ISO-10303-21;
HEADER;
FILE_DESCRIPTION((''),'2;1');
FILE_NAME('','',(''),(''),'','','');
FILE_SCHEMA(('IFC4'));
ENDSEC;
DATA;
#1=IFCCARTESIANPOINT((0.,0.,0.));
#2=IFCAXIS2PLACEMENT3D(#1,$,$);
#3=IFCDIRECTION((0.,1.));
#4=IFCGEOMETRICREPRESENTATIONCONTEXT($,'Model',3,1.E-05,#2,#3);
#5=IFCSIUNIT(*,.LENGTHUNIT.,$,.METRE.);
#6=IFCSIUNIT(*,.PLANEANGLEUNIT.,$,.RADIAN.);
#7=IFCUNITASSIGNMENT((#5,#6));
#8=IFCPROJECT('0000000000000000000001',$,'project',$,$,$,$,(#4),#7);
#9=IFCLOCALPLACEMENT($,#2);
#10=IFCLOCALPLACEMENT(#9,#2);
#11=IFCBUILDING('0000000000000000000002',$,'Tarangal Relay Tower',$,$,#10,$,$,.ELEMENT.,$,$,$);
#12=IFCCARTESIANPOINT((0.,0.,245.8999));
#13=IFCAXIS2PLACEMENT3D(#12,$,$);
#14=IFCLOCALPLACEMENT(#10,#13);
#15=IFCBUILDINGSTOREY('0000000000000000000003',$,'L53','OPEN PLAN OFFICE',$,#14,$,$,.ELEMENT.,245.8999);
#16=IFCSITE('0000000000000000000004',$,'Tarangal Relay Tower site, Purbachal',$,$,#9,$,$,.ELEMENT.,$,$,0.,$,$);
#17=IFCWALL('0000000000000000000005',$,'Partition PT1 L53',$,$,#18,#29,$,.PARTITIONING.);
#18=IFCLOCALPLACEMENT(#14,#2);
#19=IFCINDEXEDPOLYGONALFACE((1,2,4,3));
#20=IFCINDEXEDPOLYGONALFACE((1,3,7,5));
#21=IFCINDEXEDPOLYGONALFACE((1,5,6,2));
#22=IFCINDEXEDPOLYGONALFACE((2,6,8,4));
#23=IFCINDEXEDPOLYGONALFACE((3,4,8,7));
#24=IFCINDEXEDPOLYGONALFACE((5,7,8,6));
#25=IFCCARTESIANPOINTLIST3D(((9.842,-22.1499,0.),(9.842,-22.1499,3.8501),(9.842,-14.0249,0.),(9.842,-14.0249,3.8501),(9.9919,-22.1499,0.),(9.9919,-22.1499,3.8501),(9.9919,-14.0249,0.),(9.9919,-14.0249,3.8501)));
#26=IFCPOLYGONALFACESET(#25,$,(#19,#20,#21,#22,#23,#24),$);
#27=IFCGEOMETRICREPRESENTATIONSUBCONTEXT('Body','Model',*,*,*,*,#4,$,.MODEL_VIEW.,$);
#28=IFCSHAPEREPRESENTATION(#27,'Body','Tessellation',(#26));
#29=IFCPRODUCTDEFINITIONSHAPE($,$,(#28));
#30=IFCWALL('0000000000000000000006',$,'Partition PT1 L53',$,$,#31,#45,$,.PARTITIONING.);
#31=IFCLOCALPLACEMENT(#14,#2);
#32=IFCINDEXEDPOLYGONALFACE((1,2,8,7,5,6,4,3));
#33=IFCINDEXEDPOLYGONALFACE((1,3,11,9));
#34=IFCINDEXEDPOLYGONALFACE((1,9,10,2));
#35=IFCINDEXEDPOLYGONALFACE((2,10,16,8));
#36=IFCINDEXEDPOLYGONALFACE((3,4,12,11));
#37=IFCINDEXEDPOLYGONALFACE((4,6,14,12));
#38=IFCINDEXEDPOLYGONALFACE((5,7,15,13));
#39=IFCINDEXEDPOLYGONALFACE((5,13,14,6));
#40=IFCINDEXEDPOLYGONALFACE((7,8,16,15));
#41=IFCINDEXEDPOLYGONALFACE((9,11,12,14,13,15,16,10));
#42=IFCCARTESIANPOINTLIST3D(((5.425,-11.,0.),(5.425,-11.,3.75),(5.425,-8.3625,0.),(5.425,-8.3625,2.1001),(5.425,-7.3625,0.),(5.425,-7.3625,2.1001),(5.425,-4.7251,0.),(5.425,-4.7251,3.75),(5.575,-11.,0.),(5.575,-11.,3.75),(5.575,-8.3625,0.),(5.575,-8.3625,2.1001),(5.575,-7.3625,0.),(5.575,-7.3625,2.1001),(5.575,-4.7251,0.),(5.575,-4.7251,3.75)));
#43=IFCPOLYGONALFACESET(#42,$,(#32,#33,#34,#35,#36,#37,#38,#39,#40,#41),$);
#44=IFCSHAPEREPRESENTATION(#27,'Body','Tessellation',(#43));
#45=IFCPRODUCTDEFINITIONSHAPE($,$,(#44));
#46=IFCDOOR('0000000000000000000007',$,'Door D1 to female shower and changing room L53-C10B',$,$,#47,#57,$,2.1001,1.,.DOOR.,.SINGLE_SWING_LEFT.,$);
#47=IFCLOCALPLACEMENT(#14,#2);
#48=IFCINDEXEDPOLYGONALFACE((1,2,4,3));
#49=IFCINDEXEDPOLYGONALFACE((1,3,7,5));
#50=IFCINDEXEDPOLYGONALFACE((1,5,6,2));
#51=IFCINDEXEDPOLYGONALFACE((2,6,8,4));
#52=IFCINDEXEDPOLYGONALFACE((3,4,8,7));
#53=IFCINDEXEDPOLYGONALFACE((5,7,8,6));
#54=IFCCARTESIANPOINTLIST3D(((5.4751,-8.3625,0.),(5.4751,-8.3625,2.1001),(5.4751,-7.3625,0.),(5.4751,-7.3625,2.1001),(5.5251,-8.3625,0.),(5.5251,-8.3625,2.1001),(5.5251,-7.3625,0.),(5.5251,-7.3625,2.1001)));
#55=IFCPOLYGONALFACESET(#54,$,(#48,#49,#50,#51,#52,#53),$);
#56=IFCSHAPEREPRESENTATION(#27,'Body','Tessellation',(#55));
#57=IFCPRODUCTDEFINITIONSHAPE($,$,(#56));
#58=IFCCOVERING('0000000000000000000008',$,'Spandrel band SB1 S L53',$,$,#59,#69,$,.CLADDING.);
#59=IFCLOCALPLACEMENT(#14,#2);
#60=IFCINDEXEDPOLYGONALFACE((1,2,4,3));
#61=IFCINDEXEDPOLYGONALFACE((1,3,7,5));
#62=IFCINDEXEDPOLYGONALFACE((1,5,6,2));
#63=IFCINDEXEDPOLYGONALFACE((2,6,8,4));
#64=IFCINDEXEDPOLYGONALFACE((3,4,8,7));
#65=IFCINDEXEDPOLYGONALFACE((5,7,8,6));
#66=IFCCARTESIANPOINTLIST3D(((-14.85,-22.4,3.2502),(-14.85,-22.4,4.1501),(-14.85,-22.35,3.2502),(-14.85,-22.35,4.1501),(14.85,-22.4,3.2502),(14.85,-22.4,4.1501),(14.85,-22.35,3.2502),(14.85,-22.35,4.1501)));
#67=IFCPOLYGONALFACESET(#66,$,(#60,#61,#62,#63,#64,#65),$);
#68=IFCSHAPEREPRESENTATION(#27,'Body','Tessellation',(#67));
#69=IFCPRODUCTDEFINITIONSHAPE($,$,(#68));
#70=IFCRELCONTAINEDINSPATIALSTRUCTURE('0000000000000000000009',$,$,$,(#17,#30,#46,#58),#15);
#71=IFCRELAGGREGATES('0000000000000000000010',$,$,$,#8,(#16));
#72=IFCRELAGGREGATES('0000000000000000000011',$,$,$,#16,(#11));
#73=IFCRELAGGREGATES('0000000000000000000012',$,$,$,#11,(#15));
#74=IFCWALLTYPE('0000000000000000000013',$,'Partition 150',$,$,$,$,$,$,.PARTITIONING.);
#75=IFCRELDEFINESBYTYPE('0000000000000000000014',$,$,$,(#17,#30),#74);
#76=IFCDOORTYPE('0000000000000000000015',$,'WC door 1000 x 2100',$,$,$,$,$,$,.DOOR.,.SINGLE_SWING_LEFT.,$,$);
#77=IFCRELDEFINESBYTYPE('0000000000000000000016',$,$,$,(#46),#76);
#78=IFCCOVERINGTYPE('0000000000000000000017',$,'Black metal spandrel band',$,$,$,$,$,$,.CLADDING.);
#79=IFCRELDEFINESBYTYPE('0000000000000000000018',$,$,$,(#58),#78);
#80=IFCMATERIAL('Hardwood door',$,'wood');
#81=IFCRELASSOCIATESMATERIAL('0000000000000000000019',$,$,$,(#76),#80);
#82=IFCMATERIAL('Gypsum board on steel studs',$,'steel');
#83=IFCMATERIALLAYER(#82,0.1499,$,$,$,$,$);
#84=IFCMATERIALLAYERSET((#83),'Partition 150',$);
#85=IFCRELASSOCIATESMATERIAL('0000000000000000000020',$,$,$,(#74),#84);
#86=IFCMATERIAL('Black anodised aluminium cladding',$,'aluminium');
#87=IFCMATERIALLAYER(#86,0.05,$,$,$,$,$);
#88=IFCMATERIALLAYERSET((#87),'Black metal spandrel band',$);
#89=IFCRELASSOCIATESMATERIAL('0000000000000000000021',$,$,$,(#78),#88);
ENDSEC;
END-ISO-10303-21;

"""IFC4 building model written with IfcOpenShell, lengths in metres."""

from ifc_helpers import new_model, si_unit, direction, frame, frame_2d, origin, origin_2d, place, context, subcontext, project, spatial, rectangle, extrude, material, layer, layer_set, type_object, element, fill, save


model = new_model("IFC4")

# Units and contexts
model_context = context("Model", 3, precision=1e-05, world=origin(), true_north=direction((0.0, 1.0)))
body_context = subcontext(model_context, "Body", "Model", "MODEL_VIEW")
ifc_project = project(units=[si_unit("LENGTHUNIT", "METRE"), si_unit("PLANEANGLEUNIT", "RADIAN")], contexts=[model_context])

# Site, building, storey
site_placement = place(None, origin())
site = spatial("IfcSite", under=ifc_project, at=site_placement, Name="Tarangal Relay Tower site, Purbachal", CompositionType="ELEMENT", RefElevation=0.0)
building_placement = place(site_placement, origin())
building = spatial("IfcBuilding", under=site, at=building_placement, Name="Tarangal Relay Tower", CompositionType="ELEMENT")
storey_placement = place(building_placement, frame((0.0, 0.0, 245.8999)))
storey = spatial("IfcBuildingStorey", under=building, at=storey_placement, Name="L53", Description="OPEN PLAN OFFICE", CompositionType="ELEMENT", Elevation=245.8999)

# Shared definitions
ifc_material_1 = material(Name="Hardwood door", Category="wood")
door_type_1 = type_object("IfcDoorType", Name="WC door 1000 x 2100", OperationType="SINGLE_SWING_LEFT", PredefinedType="DOOR", material=ifc_material_1)

# Shared definitions
ifc_material_2 = material(Name="Gypsum board on steel studs", Category="steel")
ifc_layer_1 = layer(ifc_material_2, 0.1499)
ifc_layer_set_1 = layer_set([ifc_layer_1], Name="Partition 150")
wall_type_1 = type_object("IfcWallType", Name="Partition 150", PredefinedType="PARTITIONING", material=ifc_layer_set_1)

# Wall
wall_1_placement = place(storey_placement, frame((9.917, -22.1499, 0.0), z_axis=(0.0, 0.0, 1.0), x_axis=(0.0, 1.0, 0.0)))
element("IfcWall", 1, at=wall_1_placement, inside=storey, type_object=wall_type_1, Name="Partition PT1 L53", PredefinedType="PARTITIONING", context=body_context, shape_type="SweptSolid", body=[
    extrude(rectangle(XDim=8.125, YDim=0.1499, at=frame_2d((4.0625, 0.0))), origin(), (0.0, 0.0, 1.0), 3.8501),
])

# Wall, opening, door
wall_2_placement = place(storey_placement, frame((5.5, -11.0, 0.0), z_axis=(0.0, 0.0, 1.0), x_axis=(0.0, 1.0, 0.0)))
wall_2 = element("IfcWall", 2, at=wall_2_placement, inside=storey, type_object=wall_type_1, Name="Partition PT1 L53", PredefinedType="PARTITIONING", context=body_context, shape_type="SweptSolid", body=[
    extrude(rectangle(XDim=6.2749, YDim=0.1499, at=frame_2d((3.1375, 0.0))), origin(), (0.0, 0.0, 1.0), 3.75),
])
opening_1_placement = place(wall_2_placement, frame((2.6375, 0.0, 0.0)))
opening_1 = element("IfcOpeningElement", 3, at=opening_1_placement, cuts=wall_2, PredefinedType="OPENING", context=body_context, shape_type="SweptSolid", body=[
    extrude(rectangle(XDim=1.0, YDim=2.1001, at=frame_2d((0.5, 1.05))), frame((0.0, 0.085, 0.0), z_axis=(0.0, -1.0, 0.0), x_axis=(1.0, 0.0, 0.0)), (0.0, 0.0, 1.0), 0.1699),
])
door_1_placement = place(opening_1_placement, origin())
door_1 = element("IfcDoor", 4, at=door_1_placement, inside=storey, type_object=door_type_1, Name="Door D1 to female shower and changing room L53-C10B", OperationType="SINGLE_SWING_LEFT", OverallHeight=2.1001, OverallWidth=1.0, PredefinedType="DOOR", context=body_context, shape_type="SweptSolid", body=[
    extrude(rectangle(XDim=1.0, YDim=2.1001, at=frame_2d((0.5, 1.05))), frame((0.0, 0.0249, 0.0), z_axis=(0.0, -1.0, 0.0), x_axis=(1.0, 0.0, 0.0)), (0.0, 0.0, 1.0), 0.05),
])
fill(opening_1, door_1)

# Covering
ifc_material_3 = material(Name="Black anodised aluminium cladding", Category="aluminium")
ifc_layer_2 = layer(ifc_material_3, 0.05)
ifc_layer_set_2 = layer_set([ifc_layer_2], Name="Black metal spandrel band")
covering_type = type_object("IfcCoveringType", Name="Black metal spandrel band", PredefinedType="CLADDING", material=ifc_layer_set_2)
covering_placement = place(storey_placement, frame((0.0, -22.375, 3.2502), z_axis=(0.0, 0.0, 1.0), x_axis=(-1.0, 0.0, 0.0)))
element("IfcCovering", 5, at=covering_placement, inside=storey, type_object=covering_type, Name="Spandrel band SB1 S L53", PredefinedType="CLADDING", context=body_context, shape_type="SweptSolid", body=[
    extrude(rectangle(XDim=29.7, YDim=0.05, at=origin_2d()), origin(), (0.0, 0.0, 1.0), 0.8999),
])

save(model, "model.ifc")
